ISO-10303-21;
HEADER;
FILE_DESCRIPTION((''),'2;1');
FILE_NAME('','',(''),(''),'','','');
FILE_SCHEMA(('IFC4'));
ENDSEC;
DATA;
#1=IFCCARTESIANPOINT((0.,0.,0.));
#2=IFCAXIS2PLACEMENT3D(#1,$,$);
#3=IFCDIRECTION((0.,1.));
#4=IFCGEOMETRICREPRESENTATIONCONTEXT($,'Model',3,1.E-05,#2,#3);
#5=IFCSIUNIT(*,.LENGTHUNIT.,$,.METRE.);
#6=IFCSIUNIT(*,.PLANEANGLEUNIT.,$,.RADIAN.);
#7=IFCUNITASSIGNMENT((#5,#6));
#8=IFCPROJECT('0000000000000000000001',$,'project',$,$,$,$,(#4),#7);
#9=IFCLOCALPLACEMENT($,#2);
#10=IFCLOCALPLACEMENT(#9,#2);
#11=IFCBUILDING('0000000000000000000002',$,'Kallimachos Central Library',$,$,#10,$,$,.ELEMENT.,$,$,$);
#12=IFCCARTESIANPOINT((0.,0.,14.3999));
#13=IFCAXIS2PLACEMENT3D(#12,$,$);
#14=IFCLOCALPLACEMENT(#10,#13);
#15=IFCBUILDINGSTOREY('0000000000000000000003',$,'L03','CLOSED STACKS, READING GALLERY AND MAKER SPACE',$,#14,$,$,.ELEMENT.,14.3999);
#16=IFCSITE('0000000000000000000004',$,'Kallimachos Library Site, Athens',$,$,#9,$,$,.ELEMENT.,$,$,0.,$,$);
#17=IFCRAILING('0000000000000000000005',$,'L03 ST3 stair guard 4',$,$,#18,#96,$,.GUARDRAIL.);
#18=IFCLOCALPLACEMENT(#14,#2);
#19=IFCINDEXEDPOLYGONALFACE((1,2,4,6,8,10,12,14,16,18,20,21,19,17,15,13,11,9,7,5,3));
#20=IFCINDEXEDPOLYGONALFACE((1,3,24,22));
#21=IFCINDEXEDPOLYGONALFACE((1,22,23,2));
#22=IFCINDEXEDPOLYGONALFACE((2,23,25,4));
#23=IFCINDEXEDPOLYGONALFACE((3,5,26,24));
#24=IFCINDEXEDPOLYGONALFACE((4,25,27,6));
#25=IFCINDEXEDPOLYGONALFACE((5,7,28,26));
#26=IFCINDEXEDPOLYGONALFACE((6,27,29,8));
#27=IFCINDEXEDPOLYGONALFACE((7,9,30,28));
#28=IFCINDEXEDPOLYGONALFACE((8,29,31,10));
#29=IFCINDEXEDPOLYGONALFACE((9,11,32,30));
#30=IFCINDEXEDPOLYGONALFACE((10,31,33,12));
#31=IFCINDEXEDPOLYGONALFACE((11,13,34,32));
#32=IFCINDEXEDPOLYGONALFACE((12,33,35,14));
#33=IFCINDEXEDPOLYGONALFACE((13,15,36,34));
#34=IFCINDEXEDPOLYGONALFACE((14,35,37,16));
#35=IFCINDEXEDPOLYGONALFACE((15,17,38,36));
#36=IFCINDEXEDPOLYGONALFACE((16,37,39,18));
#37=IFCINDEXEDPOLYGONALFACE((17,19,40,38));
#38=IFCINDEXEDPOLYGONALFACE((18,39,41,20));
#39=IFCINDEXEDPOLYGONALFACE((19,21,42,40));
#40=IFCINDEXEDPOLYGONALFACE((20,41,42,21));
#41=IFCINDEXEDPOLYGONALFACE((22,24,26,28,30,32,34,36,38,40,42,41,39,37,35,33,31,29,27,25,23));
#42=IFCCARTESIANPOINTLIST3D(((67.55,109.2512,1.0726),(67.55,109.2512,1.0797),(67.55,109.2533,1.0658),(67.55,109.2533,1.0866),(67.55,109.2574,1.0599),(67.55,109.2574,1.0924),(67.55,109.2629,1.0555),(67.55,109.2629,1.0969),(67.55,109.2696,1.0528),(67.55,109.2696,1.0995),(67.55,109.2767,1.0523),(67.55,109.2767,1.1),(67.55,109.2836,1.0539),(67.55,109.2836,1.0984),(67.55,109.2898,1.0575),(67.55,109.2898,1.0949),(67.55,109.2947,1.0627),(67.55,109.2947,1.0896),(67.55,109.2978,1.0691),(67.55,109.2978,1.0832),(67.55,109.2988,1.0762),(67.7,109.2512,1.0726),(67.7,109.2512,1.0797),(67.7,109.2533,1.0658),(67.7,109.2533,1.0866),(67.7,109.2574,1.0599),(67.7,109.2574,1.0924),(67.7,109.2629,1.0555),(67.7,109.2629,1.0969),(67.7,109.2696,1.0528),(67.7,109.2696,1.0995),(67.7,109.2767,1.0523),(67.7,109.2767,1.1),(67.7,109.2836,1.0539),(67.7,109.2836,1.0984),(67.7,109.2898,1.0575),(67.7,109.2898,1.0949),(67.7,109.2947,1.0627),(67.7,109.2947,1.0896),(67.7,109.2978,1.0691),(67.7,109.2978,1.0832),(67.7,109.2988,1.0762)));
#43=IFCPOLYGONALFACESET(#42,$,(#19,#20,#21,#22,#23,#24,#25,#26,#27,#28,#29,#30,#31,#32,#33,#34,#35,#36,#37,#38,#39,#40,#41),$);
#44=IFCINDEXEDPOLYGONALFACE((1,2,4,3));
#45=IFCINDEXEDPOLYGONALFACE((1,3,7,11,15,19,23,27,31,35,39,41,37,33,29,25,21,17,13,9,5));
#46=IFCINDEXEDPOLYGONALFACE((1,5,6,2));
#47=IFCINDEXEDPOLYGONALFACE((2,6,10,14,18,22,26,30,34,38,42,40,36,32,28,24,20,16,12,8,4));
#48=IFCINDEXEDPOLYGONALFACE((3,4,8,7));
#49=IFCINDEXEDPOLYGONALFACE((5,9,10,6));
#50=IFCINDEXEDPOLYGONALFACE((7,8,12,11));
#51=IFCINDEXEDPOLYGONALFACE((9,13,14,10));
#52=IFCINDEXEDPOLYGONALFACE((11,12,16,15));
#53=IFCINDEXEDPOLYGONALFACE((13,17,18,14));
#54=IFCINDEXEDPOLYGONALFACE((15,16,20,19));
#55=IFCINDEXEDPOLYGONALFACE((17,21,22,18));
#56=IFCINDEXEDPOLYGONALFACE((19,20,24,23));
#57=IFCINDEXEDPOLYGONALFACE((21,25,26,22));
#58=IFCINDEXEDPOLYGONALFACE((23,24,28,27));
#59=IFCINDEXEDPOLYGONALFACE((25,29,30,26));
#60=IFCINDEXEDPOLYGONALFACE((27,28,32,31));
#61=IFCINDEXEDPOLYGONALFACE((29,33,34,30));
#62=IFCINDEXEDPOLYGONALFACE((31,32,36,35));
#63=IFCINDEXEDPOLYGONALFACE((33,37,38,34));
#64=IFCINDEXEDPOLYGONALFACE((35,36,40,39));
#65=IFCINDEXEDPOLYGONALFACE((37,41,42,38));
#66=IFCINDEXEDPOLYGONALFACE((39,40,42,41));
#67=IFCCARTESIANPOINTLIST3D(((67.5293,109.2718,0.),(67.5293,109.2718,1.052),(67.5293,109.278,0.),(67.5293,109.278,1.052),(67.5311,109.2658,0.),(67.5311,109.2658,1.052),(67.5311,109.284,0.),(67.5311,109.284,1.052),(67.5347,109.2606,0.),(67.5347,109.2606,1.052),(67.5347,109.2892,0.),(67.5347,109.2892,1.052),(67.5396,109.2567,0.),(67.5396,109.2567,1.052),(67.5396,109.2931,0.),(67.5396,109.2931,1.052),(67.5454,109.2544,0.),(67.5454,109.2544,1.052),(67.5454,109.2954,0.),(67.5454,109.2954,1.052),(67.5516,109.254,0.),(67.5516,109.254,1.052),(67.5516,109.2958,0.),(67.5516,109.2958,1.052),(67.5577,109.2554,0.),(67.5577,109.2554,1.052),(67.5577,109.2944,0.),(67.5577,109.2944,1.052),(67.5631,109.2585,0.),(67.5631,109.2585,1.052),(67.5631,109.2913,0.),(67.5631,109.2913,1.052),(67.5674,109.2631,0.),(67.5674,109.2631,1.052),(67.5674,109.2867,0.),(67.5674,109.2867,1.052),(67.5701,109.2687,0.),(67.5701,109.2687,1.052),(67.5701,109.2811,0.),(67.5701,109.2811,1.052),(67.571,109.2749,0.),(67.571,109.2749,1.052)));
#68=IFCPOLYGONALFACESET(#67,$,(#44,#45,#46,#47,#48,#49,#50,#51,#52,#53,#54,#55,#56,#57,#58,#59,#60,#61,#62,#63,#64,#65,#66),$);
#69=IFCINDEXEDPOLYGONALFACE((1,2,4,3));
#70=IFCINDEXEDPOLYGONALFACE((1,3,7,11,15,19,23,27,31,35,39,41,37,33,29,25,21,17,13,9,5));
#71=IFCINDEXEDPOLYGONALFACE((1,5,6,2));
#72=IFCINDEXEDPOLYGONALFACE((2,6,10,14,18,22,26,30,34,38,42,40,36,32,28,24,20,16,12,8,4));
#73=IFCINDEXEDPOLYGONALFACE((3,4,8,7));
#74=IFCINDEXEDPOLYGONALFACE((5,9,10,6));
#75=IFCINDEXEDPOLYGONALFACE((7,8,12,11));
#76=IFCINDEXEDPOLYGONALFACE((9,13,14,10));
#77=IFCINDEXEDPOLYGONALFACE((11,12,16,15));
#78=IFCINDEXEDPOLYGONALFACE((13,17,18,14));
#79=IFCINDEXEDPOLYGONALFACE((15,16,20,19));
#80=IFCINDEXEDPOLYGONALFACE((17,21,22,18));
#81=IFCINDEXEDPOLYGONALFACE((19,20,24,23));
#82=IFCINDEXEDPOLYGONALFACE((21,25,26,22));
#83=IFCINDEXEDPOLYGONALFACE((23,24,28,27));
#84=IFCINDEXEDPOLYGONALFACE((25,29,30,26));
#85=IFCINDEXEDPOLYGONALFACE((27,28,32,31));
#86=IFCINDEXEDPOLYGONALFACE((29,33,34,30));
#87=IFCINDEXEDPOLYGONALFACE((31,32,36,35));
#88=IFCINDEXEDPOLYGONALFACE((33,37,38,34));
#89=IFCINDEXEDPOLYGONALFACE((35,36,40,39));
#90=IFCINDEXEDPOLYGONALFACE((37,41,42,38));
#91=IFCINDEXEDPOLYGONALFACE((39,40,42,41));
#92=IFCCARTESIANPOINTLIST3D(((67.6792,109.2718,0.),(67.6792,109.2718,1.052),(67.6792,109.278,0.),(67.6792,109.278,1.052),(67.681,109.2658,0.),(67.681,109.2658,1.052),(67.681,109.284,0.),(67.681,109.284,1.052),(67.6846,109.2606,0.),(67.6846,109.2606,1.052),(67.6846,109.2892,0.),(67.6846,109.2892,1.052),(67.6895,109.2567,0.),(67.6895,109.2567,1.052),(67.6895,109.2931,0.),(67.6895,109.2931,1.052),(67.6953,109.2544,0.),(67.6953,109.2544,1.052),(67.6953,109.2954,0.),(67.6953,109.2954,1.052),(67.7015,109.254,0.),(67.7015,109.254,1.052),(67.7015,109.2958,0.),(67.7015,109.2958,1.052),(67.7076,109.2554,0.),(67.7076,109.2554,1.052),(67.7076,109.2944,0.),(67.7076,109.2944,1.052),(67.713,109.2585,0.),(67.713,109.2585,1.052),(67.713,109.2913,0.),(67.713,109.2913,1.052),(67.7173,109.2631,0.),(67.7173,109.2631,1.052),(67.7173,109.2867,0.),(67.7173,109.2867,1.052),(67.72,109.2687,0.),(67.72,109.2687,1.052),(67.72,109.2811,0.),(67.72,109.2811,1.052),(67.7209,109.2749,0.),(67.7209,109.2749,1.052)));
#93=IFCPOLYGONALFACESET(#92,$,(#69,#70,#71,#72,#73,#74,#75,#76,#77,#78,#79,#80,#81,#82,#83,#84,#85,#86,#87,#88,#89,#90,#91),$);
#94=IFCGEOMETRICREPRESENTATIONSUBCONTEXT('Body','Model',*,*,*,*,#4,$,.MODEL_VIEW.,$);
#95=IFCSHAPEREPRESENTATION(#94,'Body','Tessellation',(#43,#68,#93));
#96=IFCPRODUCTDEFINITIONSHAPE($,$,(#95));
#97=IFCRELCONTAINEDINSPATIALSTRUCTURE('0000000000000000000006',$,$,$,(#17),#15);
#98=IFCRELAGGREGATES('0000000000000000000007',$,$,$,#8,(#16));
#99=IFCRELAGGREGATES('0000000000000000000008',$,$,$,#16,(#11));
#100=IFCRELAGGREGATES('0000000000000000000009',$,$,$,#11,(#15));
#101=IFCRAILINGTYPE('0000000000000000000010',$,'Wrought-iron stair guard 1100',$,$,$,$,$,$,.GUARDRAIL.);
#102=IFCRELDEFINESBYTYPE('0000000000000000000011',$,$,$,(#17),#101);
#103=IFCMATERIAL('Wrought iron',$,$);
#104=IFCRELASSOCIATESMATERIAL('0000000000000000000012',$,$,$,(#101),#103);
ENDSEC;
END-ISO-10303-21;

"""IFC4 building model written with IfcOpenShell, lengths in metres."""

from ifc_helpers import new_model, si_unit, direction, frame, origin, origin_2d, place, context, subcontext, project, spatial, circle, extrude, material, type_object, element, save


model = new_model("IFC4")

# Units and contexts
model_context = context("Model", 3, precision=1e-05, world=origin(), true_north=direction((0.0, 1.0)))
body_context = subcontext(model_context, "Body", "Model", "MODEL_VIEW")
ifc_project = project(units=[si_unit("LENGTHUNIT", "METRE"), si_unit("PLANEANGLEUNIT", "RADIAN")], contexts=[model_context])

# Site, building, storey
site_placement = place(None, origin())
site = spatial("IfcSite", under=ifc_project, at=site_placement, Name="Kallimachos Library Site, Athens", CompositionType="ELEMENT", RefElevation=0.0)
building_placement = place(site_placement, origin())
building = spatial("IfcBuilding", under=site, at=building_placement, Name="Kallimachos Central Library", CompositionType="ELEMENT")
storey_placement = place(building_placement, frame((0.0, 0.0, 14.3999)))
storey = spatial("IfcBuildingStorey", under=building, at=storey_placement, Name="L03", Description="CLOSED STACKS, READING GALLERY AND MAKER SPACE", CompositionType="ELEMENT", Elevation=14.3999)

# Railing
ifc_material_1 = material(Name="Wrought iron")
railing_type_1 = type_object("IfcRailingType", Name="Wrought-iron stair guard 1100", PredefinedType="GUARDRAIL", material=ifc_material_1)
railing_1_placement = place(storey_placement, frame((67.55, 109.2749, 0.0)))
element("IfcRailing", 1, at=railing_1_placement, inside=storey, type_object=railing_type_1, Name="L03 ST3 stair guard 4", PredefinedType="GUARDRAIL", context=body_context, shape_type="SweptSolid", body=[
    extrude(circle(Radius=0.0239, at=origin_2d()), frame((0.0, 0.0, 1.0762), z_axis=(1.0, 0.0, 0.0), x_axis=(0.0, 1.0, 0.0)), (0.0, 0.0, 1.0), 0.1499),
    extrude(circle(Radius=0.021, at=origin_2d()), origin(), (0.0, 0.0, 1.0), 1.052),
    extrude(circle(Radius=0.021, at=origin_2d()), frame((0.1499, 0.0, 0.0)), (0.0, 0.0, 1.0), 1.052),
])

save(model, "model.ifc")
